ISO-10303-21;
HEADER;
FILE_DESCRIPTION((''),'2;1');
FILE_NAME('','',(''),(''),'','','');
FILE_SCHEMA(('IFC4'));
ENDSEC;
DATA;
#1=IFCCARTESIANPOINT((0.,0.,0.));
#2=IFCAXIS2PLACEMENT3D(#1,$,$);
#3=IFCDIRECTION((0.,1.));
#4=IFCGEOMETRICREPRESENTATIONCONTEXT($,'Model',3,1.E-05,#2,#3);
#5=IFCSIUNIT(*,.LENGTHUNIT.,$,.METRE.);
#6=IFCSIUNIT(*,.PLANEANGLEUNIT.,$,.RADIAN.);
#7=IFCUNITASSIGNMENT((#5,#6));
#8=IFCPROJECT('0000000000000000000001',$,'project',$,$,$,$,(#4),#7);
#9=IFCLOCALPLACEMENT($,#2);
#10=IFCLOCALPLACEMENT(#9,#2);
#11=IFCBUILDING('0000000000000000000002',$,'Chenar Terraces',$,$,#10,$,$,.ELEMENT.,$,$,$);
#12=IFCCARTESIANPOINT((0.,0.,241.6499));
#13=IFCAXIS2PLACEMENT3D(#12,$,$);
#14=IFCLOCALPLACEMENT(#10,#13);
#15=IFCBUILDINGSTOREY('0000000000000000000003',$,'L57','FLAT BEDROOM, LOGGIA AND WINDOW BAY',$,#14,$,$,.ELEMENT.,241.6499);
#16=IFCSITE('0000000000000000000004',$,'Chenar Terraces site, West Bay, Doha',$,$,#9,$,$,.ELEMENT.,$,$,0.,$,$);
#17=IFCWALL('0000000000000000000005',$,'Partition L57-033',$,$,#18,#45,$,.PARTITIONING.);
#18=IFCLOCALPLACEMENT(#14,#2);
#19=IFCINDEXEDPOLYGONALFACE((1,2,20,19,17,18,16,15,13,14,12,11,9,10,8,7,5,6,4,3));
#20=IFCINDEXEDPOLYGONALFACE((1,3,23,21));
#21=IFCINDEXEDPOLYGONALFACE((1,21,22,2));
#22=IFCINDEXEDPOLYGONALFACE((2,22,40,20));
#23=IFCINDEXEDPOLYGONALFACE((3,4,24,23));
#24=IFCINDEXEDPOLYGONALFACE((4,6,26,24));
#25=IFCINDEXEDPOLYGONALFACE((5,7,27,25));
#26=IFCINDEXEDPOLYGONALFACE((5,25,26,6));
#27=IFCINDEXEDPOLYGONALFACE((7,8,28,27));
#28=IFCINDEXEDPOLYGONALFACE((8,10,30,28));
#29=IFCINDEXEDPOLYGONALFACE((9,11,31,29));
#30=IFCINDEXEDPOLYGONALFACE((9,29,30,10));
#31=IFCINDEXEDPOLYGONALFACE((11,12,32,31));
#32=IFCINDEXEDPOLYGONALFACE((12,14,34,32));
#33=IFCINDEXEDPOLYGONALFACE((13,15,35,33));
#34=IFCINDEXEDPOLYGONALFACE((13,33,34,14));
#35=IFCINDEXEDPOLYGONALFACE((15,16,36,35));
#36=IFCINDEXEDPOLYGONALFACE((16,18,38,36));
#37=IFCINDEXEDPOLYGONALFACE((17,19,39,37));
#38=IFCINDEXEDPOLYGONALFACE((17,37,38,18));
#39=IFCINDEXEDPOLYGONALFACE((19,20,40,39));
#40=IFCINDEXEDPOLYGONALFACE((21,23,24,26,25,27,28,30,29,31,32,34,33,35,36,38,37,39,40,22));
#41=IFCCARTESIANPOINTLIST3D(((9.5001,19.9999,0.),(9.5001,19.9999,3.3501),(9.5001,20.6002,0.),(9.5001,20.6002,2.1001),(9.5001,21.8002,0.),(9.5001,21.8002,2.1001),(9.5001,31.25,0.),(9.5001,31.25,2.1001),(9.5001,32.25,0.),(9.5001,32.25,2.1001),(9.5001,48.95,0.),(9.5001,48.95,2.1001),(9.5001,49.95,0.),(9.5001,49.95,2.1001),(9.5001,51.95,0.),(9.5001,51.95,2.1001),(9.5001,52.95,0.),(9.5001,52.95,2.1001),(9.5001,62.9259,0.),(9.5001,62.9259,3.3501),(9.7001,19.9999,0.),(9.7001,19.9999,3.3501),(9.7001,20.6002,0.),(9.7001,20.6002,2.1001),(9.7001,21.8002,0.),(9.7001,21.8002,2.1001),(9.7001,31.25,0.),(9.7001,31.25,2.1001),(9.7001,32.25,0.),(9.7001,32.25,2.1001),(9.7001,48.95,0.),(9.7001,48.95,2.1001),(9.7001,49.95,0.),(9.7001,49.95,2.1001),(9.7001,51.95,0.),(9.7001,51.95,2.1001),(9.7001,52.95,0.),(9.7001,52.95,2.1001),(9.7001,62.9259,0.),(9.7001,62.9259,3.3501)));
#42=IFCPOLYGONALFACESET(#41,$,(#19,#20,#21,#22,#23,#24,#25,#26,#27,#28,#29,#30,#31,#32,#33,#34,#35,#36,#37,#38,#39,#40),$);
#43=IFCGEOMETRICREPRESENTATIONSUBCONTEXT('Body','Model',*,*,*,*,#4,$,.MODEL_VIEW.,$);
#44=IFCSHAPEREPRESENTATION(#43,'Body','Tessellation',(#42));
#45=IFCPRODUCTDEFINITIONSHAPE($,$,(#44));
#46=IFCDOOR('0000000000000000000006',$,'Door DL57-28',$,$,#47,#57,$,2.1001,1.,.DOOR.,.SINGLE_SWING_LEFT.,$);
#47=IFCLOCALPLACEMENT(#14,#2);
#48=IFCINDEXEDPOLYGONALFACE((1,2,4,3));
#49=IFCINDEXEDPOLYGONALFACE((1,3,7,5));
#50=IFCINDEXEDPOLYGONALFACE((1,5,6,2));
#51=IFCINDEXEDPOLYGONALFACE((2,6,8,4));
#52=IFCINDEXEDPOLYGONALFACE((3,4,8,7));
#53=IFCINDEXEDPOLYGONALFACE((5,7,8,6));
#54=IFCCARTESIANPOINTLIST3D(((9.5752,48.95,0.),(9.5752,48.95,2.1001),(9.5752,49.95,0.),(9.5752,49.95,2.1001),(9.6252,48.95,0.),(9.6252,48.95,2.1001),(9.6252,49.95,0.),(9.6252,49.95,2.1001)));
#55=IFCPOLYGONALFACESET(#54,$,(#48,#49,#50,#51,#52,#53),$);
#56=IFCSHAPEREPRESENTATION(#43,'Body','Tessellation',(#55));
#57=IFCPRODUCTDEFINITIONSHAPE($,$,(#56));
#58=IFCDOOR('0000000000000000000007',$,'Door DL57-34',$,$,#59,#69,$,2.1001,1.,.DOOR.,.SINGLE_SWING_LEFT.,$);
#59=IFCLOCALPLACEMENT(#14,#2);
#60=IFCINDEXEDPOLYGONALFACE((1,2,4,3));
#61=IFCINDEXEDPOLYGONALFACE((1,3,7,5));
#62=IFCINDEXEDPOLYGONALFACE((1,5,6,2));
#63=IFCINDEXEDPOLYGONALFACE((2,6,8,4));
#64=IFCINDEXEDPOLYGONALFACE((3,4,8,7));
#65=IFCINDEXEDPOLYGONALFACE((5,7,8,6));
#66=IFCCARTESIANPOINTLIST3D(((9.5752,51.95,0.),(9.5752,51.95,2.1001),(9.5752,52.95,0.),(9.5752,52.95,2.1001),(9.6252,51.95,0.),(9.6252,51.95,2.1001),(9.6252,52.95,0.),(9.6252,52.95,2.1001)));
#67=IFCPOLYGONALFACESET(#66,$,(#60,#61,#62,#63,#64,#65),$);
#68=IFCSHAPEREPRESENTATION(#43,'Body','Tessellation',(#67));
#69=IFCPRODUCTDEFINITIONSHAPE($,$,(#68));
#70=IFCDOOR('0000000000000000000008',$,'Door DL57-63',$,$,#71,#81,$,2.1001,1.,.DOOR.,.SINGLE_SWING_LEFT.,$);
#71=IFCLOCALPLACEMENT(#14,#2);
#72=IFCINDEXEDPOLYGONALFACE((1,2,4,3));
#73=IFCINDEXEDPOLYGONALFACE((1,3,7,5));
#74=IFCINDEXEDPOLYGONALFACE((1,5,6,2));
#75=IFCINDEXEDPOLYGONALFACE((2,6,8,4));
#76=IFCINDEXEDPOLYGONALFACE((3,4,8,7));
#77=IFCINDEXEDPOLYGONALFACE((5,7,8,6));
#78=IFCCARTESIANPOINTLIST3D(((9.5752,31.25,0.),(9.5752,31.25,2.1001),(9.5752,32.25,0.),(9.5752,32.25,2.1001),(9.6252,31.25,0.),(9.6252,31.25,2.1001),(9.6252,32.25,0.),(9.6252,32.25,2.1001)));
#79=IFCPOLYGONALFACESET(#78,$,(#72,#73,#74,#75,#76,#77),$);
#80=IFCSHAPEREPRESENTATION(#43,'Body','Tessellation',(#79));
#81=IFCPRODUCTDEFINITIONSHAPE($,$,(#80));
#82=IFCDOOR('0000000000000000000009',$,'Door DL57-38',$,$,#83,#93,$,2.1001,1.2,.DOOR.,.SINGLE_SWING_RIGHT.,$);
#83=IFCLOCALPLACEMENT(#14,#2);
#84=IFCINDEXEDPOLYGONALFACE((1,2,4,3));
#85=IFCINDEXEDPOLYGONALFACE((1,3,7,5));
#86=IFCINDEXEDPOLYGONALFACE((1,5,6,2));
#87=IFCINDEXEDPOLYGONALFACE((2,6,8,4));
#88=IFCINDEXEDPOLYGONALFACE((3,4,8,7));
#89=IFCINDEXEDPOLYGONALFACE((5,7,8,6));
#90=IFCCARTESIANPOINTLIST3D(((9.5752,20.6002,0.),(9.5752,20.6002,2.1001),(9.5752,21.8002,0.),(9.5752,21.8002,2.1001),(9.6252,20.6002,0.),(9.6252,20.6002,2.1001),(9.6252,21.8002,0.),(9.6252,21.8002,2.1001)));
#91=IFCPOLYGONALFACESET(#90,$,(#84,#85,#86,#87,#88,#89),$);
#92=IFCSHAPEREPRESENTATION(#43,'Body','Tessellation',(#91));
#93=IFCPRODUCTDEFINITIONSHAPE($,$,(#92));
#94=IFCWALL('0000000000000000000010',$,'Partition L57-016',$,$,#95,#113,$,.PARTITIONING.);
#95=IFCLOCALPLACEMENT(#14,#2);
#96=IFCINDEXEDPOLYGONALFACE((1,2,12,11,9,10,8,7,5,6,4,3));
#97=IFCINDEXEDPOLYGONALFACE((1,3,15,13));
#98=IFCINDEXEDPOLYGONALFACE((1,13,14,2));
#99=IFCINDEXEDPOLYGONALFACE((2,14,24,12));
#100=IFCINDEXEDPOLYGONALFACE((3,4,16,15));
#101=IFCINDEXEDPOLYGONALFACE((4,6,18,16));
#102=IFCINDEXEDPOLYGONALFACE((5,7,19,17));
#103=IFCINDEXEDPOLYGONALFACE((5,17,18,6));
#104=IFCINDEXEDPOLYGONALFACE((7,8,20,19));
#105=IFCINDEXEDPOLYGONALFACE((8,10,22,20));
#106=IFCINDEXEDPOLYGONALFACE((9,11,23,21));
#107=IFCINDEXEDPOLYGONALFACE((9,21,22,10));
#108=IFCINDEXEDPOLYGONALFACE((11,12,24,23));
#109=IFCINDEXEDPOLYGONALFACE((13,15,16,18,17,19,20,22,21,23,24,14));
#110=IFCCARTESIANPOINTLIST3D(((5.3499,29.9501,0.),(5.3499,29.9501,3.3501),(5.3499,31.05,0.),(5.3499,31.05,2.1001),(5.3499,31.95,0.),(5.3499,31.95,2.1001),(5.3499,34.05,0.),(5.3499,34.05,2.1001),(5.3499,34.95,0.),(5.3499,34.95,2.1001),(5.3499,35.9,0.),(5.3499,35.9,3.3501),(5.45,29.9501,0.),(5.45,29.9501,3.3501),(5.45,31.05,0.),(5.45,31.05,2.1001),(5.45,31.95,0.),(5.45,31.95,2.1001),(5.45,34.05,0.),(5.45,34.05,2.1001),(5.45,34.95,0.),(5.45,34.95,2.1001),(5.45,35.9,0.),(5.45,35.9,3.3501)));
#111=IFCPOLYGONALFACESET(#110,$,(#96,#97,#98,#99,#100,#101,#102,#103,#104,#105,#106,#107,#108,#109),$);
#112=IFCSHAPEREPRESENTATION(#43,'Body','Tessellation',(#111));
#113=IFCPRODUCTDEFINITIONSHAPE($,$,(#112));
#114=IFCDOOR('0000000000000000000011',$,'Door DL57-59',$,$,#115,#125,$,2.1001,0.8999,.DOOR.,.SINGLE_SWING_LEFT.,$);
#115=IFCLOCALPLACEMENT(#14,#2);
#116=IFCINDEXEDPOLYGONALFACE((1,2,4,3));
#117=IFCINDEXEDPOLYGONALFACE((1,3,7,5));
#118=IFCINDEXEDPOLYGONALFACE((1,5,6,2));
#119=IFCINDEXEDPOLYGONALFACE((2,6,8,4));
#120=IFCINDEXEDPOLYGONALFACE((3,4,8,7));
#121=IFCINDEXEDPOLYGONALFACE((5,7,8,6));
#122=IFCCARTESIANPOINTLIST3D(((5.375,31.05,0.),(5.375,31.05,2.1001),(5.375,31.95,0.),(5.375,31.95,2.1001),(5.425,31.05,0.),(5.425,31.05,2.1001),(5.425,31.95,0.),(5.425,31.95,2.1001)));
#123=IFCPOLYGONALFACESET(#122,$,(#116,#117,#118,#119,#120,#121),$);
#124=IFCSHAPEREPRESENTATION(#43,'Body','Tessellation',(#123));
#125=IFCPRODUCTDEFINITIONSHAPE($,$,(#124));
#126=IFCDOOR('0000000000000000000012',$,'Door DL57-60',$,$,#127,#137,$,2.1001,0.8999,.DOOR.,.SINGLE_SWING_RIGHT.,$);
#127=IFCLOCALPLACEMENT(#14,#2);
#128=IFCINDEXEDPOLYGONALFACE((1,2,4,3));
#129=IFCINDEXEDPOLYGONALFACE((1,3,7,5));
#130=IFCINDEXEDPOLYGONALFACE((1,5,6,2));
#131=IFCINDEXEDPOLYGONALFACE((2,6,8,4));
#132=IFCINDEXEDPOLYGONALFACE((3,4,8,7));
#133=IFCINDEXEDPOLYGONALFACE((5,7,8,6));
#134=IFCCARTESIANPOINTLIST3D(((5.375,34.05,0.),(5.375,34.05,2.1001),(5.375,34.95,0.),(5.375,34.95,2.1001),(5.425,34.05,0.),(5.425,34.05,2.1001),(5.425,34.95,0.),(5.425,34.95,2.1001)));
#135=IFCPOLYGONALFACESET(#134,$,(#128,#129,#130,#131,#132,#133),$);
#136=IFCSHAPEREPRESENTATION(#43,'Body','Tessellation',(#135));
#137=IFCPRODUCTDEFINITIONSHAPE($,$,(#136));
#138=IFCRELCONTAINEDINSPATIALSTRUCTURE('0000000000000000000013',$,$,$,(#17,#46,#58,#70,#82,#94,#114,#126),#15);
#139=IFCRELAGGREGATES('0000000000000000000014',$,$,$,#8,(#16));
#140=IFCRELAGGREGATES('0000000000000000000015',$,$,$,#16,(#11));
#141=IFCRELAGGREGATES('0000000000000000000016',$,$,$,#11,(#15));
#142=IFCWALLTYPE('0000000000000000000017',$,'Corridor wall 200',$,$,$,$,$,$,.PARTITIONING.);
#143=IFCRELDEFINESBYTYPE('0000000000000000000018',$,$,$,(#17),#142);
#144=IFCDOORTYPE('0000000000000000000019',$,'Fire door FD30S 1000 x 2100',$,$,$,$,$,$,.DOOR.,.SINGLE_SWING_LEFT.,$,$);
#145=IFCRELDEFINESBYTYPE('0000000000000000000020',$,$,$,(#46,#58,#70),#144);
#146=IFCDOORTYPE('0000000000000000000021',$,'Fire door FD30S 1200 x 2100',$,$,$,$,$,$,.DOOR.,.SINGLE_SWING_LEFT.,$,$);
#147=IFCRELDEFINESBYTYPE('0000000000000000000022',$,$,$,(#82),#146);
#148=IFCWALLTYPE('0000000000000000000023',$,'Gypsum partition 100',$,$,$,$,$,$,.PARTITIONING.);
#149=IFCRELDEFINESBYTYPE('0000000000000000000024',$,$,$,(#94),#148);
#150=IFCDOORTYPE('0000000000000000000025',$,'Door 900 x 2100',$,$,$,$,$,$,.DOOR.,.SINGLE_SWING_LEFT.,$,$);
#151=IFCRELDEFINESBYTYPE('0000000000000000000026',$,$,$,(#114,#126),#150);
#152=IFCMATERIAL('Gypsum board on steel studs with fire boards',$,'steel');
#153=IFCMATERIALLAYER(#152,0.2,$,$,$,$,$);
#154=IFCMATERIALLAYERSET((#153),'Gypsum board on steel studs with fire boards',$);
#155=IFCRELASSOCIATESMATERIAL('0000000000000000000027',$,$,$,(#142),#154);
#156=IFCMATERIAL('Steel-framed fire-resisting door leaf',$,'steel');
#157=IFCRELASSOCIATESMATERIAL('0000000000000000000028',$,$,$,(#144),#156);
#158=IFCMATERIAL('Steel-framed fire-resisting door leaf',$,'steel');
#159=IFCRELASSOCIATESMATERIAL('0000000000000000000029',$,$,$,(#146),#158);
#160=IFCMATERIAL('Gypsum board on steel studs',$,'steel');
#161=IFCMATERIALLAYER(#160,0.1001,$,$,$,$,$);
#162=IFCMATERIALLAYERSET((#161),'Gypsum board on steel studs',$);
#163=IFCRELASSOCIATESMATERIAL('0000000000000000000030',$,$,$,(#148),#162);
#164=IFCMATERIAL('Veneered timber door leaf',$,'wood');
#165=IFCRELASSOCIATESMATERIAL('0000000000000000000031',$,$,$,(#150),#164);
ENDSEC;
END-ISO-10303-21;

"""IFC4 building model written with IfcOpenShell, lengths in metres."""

from ifc_helpers import new_model, si_unit, direction, frame, frame_2d, origin, place, context, subcontext, project, spatial, rectangle, extrude, material, layer, layer_set, type_object, element, fill, save


model = new_model("IFC4")

# Units and contexts
model_context = context("Model", 3, precision=1e-05, world=origin(), true_north=direction((0.0, 1.0)))
body_context = subcontext(model_context, "Body", "Model", "MODEL_VIEW")
ifc_project = project(units=[si_unit("LENGTHUNIT", "METRE"), si_unit("PLANEANGLEUNIT", "RADIAN")], contexts=[model_context])

# Site, building, storey
site_placement = place(None, origin())
site = spatial("IfcSite", under=ifc_project, at=site_placement, Name="Chenar Terraces site, West Bay, Doha", CompositionType="ELEMENT", RefElevation=0.0)
building_placement = place(site_placement, origin())
building = spatial("IfcBuilding", under=site, at=building_placement, Name="Chenar Terraces", CompositionType="ELEMENT")
storey_placement = place(building_placement, frame((0.0, 0.0, 241.6499)))
storey = spatial("IfcBuildingStorey", under=building, at=storey_placement, Name="L57", Description="FLAT BEDROOM, LOGGIA AND WINDOW BAY", CompositionType="ELEMENT", Elevation=241.6499)

# Walls, openings, doors
ifc_material_1 = material(Name="Gypsum board on steel studs with fire boards", Category="steel")
ifc_layer_1 = layer(ifc_material_1, 0.2)
ifc_layer_set_1 = layer_set([ifc_layer_1], Name="Gypsum board on steel studs with fire boards")
wall_type_1 = type_object("IfcWallType", Name="Corridor wall 200", PredefinedType="PARTITIONING", material=ifc_layer_set_1)
wall_1_placement = place(storey_placement, frame((9.6001, 20.0, 0.0), z_axis=(0.0, 0.0, 1.0), x_axis=(0.0, 1.0, 0.0)))
wall_1 = element("IfcWall", 1, at=wall_1_placement, inside=storey, type_object=wall_type_1, Name="Partition L57-033", PredefinedType="PARTITIONING", context=body_context, shape_type="SweptSolid", body=[
    extrude(rectangle(XDim=42.926, YDim=0.2, at=frame_2d((21.4629, 0.0))), origin(), (0.0, 0.0, 1.0), 3.3501),
])
opening_1_placement = place(wall_1_placement, frame((28.95, 0.0, 0.0)))
opening_1 = element("IfcOpeningElement", 2, at=opening_1_placement, cuts=wall_1, PredefinedType="OPENING", context=body_context, shape_type="SweptSolid", body=[
    extrude(rectangle(XDim=1.0, YDim=2.1001, at=frame_2d((0.5, 1.05))), frame((0.0, 0.1099, 0.0), z_axis=(0.0, -1.0, 0.0), x_axis=(1.0, 0.0, 0.0)), (0.0, 0.0, 1.0), 0.22),
])
opening_2_placement = place(wall_1_placement, frame((31.95, 0.0, 0.0)))
opening_2 = element("IfcOpeningElement", 3, at=opening_2_placement, cuts=wall_1, PredefinedType="OPENING", context=body_context, shape_type="SweptSolid", body=[
    extrude(rectangle(XDim=1.0, YDim=2.1001, at=frame_2d((0.5, 1.05))), frame((0.0, 0.1099, 0.0), z_axis=(0.0, -1.0, 0.0), x_axis=(1.0, 0.0, 0.0)), (0.0, 0.0, 1.0), 0.22),
])
opening_3_placement = place(wall_1_placement, frame((0.6001, 0.0, 0.0)))
opening_3 = element("IfcOpeningElement", 4, at=opening_3_placement, cuts=wall_1, PredefinedType="OPENING", context=body_context, shape_type="SweptSolid", body=[
    extrude(rectangle(XDim=1.2, YDim=2.1001, at=frame_2d((0.6001, 1.05))), frame((0.0, 0.1099, 0.0), z_axis=(0.0, -1.0, 0.0), x_axis=(1.0, 0.0, 0.0)), (0.0, 0.0, 1.0), 0.22),
])
opening_4_placement = place(wall_1_placement, frame((11.25, 0.0, 0.0)))
opening_4 = element("IfcOpeningElement", 5, at=opening_4_placement, cuts=wall_1, PredefinedType="OPENING", context=body_context, shape_type="SweptSolid", body=[
    extrude(rectangle(XDim=1.0, YDim=2.1001, at=frame_2d((0.5, 1.05))), frame((0.0, 0.1099, 0.0), z_axis=(0.0, -1.0, 0.0), x_axis=(1.0, 0.0, 0.0)), (0.0, 0.0, 1.0), 0.22),
])
ifc_material_2 = material(Name="Steel-framed fire-resisting door leaf", Category="steel")
door_type_1 = type_object("IfcDoorType", Name="Fire door FD30S 1000 x 2100", OperationType="SINGLE_SWING_LEFT", PredefinedType="DOOR", material=ifc_material_2)
door_1_placement = place(opening_1_placement, origin())
door_1 = element("IfcDoor", 6, at=door_1_placement, inside=storey, type_object=door_type_1, Name="Door DL57-28", OperationType="SINGLE_SWING_LEFT", OverallHeight=2.1001, OverallWidth=1.0, PredefinedType="DOOR", context=body_context, shape_type="SweptSolid", body=[
    extrude(rectangle(XDim=1.0, YDim=2.1001, at=frame_2d((0.5, 1.05))), frame((0.0, 0.0249, 0.0), z_axis=(0.0, -1.0, 0.0), x_axis=(1.0, 0.0, 0.0)), (0.0, 0.0, 1.0), 0.05),
])
fill(opening_1, door_1)
door_2_placement = place(opening_2_placement, origin())
door_2 = element("IfcDoor", 7, at=door_2_placement, inside=storey, type_object=door_type_1, Name="Door DL57-34", OperationType="SINGLE_SWING_LEFT", OverallHeight=2.1001, OverallWidth=1.0, PredefinedType="DOOR", context=body_context, shape_type="SweptSolid", body=[
    extrude(rectangle(XDim=1.0, YDim=2.1001, at=frame_2d((0.5, 1.05))), frame((0.0, 0.0249, 0.0), z_axis=(0.0, -1.0, 0.0), x_axis=(1.0, 0.0, 0.0)), (0.0, 0.0, 1.0), 0.05),
])
fill(opening_2, door_2)
door_3_placement = place(opening_4_placement, origin())
door_3 = element("IfcDoor", 8, at=door_3_placement, inside=storey, type_object=door_type_1, Name="Door DL57-63", OperationType="SINGLE_SWING_LEFT", OverallHeight=2.1001, OverallWidth=1.0, PredefinedType="DOOR", context=body_context, shape_type="SweptSolid", body=[
    extrude(rectangle(XDim=1.0, YDim=2.1001, at=frame_2d((0.5, 1.05))), frame((0.0, 0.0249, 0.0), z_axis=(0.0, -1.0, 0.0), x_axis=(1.0, 0.0, 0.0)), (0.0, 0.0, 1.0), 0.05),
])
fill(opening_4, door_3)
ifc_material_3 = material(Name="Steel-framed fire-resisting door leaf", Category="steel")
door_type_2 = type_object("IfcDoorType", Name="Fire door FD30S 1200 x 2100", OperationType="SINGLE_SWING_LEFT", PredefinedType="DOOR", material=ifc_material_3)
door_4_placement = place(opening_3_placement, origin())
door_4 = element("IfcDoor", 9, at=door_4_placement, inside=storey, type_object=door_type_2, Name="Door DL57-38", OperationType="SINGLE_SWING_RIGHT", OverallHeight=2.1001, OverallWidth=1.2, PredefinedType="DOOR", context=body_context, shape_type="SweptSolid", body=[
    extrude(rectangle(XDim=1.2, YDim=2.1001, at=frame_2d((0.6001, 1.05))), frame((0.0, 0.0249, 0.0), z_axis=(0.0, -1.0, 0.0), x_axis=(1.0, 0.0, 0.0)), (0.0, 0.0, 1.0), 0.05),
])
fill(opening_3, door_4)
ifc_material_4 = material(Name="Gypsum board on steel studs", Category="steel")
ifc_layer_2 = layer(ifc_material_4, 0.1001)
ifc_layer_set_2 = layer_set([ifc_layer_2], Name="Gypsum board on steel studs")
wall_type_2 = type_object("IfcWallType", Name="Gypsum partition 100", PredefinedType="PARTITIONING", material=ifc_layer_set_2)
wall_2_placement = place(storey_placement, frame((5.3999, 29.95, 0.0), z_axis=(0.0, 0.0, 1.0), x_axis=(0.0, 1.0, 0.0)))
wall_2 = element("IfcWall", 10, at=wall_2_placement, inside=storey, type_object=wall_type_2, Name="Partition L57-016", PredefinedType="PARTITIONING", context=body_context, shape_type="SweptSolid", body=[
    extrude(rectangle(XDim=5.95, YDim=0.1001, at=frame_2d((2.9751, 0.0))), origin(), (0.0, 0.0, 1.0), 3.3501),
])
opening_5_placement = place(wall_2_placement, frame((1.1001, 0.0, 0.0)))
opening_5 = element("IfcOpeningElement", 11, at=opening_5_placement, cuts=wall_2, PredefinedType="OPENING", context=body_context, shape_type="SweptSolid", body=[
    extrude(rectangle(XDim=0.8999, YDim=2.1001, at=frame_2d((0.45, 1.05))), frame((0.0, 0.0601, 0.0), z_axis=(0.0, -1.0, 0.0), x_axis=(1.0, 0.0, 0.0)), (0.0, 0.0, 1.0), 0.1201),
])
opening_6_placement = place(wall_2_placement, frame((4.1001, 0.0, 0.0)))
opening_6 = element("IfcOpeningElement", 12, at=opening_6_placement, cuts=wall_2, PredefinedType="OPENING", context=body_context, shape_type="SweptSolid", body=[
    extrude(rectangle(XDim=0.8999, YDim=2.1001, at=frame_2d((0.45, 1.05))), frame((0.0, 0.0601, 0.0), z_axis=(0.0, -1.0, 0.0), x_axis=(1.0, 0.0, 0.0)), (0.0, 0.0, 1.0), 0.1201),
])
ifc_material_5 = material(Name="Veneered timber door leaf", Category="wood")
door_type_3 = type_object("IfcDoorType", Name="Door 900 x 2100", OperationType="SINGLE_SWING_LEFT", PredefinedType="DOOR", material=ifc_material_5)
door_5_placement = place(opening_5_placement, origin())
door_5 = element("IfcDoor", 13, at=door_5_placement, inside=storey, type_object=door_type_3, Name="Door DL57-59", OperationType="SINGLE_SWING_LEFT", OverallHeight=2.1001, OverallWidth=0.8999, PredefinedType="DOOR", context=body_context, shape_type="SweptSolid", body=[
    extrude(rectangle(XDim=0.8999, YDim=2.1001, at=frame_2d((0.45, 1.05))), frame((0.0, 0.0249, 0.0), z_axis=(0.0, -1.0, 0.0), x_axis=(1.0, 0.0, 0.0)), (0.0, 0.0, 1.0), 0.05),
])
fill(opening_5, door_5)
door_6_placement = place(opening_6_placement, origin())
door_6 = element("IfcDoor", 14, at=door_6_placement, inside=storey, type_object=door_type_3, Name="Door DL57-60", OperationType="SINGLE_SWING_RIGHT", OverallHeight=2.1001, OverallWidth=0.8999, PredefinedType="DOOR", context=body_context, shape_type="SweptSolid", body=[
    extrude(rectangle(XDim=0.8999, YDim=2.1001, at=frame_2d((0.45, 1.05))), frame((0.0, 0.0249, 0.0), z_axis=(0.0, -1.0, 0.0), x_axis=(1.0, 0.0, 0.0)), (0.0, 0.0, 1.0), 0.05),
])
fill(opening_6, door_6)

save(model, "model.ifc")
